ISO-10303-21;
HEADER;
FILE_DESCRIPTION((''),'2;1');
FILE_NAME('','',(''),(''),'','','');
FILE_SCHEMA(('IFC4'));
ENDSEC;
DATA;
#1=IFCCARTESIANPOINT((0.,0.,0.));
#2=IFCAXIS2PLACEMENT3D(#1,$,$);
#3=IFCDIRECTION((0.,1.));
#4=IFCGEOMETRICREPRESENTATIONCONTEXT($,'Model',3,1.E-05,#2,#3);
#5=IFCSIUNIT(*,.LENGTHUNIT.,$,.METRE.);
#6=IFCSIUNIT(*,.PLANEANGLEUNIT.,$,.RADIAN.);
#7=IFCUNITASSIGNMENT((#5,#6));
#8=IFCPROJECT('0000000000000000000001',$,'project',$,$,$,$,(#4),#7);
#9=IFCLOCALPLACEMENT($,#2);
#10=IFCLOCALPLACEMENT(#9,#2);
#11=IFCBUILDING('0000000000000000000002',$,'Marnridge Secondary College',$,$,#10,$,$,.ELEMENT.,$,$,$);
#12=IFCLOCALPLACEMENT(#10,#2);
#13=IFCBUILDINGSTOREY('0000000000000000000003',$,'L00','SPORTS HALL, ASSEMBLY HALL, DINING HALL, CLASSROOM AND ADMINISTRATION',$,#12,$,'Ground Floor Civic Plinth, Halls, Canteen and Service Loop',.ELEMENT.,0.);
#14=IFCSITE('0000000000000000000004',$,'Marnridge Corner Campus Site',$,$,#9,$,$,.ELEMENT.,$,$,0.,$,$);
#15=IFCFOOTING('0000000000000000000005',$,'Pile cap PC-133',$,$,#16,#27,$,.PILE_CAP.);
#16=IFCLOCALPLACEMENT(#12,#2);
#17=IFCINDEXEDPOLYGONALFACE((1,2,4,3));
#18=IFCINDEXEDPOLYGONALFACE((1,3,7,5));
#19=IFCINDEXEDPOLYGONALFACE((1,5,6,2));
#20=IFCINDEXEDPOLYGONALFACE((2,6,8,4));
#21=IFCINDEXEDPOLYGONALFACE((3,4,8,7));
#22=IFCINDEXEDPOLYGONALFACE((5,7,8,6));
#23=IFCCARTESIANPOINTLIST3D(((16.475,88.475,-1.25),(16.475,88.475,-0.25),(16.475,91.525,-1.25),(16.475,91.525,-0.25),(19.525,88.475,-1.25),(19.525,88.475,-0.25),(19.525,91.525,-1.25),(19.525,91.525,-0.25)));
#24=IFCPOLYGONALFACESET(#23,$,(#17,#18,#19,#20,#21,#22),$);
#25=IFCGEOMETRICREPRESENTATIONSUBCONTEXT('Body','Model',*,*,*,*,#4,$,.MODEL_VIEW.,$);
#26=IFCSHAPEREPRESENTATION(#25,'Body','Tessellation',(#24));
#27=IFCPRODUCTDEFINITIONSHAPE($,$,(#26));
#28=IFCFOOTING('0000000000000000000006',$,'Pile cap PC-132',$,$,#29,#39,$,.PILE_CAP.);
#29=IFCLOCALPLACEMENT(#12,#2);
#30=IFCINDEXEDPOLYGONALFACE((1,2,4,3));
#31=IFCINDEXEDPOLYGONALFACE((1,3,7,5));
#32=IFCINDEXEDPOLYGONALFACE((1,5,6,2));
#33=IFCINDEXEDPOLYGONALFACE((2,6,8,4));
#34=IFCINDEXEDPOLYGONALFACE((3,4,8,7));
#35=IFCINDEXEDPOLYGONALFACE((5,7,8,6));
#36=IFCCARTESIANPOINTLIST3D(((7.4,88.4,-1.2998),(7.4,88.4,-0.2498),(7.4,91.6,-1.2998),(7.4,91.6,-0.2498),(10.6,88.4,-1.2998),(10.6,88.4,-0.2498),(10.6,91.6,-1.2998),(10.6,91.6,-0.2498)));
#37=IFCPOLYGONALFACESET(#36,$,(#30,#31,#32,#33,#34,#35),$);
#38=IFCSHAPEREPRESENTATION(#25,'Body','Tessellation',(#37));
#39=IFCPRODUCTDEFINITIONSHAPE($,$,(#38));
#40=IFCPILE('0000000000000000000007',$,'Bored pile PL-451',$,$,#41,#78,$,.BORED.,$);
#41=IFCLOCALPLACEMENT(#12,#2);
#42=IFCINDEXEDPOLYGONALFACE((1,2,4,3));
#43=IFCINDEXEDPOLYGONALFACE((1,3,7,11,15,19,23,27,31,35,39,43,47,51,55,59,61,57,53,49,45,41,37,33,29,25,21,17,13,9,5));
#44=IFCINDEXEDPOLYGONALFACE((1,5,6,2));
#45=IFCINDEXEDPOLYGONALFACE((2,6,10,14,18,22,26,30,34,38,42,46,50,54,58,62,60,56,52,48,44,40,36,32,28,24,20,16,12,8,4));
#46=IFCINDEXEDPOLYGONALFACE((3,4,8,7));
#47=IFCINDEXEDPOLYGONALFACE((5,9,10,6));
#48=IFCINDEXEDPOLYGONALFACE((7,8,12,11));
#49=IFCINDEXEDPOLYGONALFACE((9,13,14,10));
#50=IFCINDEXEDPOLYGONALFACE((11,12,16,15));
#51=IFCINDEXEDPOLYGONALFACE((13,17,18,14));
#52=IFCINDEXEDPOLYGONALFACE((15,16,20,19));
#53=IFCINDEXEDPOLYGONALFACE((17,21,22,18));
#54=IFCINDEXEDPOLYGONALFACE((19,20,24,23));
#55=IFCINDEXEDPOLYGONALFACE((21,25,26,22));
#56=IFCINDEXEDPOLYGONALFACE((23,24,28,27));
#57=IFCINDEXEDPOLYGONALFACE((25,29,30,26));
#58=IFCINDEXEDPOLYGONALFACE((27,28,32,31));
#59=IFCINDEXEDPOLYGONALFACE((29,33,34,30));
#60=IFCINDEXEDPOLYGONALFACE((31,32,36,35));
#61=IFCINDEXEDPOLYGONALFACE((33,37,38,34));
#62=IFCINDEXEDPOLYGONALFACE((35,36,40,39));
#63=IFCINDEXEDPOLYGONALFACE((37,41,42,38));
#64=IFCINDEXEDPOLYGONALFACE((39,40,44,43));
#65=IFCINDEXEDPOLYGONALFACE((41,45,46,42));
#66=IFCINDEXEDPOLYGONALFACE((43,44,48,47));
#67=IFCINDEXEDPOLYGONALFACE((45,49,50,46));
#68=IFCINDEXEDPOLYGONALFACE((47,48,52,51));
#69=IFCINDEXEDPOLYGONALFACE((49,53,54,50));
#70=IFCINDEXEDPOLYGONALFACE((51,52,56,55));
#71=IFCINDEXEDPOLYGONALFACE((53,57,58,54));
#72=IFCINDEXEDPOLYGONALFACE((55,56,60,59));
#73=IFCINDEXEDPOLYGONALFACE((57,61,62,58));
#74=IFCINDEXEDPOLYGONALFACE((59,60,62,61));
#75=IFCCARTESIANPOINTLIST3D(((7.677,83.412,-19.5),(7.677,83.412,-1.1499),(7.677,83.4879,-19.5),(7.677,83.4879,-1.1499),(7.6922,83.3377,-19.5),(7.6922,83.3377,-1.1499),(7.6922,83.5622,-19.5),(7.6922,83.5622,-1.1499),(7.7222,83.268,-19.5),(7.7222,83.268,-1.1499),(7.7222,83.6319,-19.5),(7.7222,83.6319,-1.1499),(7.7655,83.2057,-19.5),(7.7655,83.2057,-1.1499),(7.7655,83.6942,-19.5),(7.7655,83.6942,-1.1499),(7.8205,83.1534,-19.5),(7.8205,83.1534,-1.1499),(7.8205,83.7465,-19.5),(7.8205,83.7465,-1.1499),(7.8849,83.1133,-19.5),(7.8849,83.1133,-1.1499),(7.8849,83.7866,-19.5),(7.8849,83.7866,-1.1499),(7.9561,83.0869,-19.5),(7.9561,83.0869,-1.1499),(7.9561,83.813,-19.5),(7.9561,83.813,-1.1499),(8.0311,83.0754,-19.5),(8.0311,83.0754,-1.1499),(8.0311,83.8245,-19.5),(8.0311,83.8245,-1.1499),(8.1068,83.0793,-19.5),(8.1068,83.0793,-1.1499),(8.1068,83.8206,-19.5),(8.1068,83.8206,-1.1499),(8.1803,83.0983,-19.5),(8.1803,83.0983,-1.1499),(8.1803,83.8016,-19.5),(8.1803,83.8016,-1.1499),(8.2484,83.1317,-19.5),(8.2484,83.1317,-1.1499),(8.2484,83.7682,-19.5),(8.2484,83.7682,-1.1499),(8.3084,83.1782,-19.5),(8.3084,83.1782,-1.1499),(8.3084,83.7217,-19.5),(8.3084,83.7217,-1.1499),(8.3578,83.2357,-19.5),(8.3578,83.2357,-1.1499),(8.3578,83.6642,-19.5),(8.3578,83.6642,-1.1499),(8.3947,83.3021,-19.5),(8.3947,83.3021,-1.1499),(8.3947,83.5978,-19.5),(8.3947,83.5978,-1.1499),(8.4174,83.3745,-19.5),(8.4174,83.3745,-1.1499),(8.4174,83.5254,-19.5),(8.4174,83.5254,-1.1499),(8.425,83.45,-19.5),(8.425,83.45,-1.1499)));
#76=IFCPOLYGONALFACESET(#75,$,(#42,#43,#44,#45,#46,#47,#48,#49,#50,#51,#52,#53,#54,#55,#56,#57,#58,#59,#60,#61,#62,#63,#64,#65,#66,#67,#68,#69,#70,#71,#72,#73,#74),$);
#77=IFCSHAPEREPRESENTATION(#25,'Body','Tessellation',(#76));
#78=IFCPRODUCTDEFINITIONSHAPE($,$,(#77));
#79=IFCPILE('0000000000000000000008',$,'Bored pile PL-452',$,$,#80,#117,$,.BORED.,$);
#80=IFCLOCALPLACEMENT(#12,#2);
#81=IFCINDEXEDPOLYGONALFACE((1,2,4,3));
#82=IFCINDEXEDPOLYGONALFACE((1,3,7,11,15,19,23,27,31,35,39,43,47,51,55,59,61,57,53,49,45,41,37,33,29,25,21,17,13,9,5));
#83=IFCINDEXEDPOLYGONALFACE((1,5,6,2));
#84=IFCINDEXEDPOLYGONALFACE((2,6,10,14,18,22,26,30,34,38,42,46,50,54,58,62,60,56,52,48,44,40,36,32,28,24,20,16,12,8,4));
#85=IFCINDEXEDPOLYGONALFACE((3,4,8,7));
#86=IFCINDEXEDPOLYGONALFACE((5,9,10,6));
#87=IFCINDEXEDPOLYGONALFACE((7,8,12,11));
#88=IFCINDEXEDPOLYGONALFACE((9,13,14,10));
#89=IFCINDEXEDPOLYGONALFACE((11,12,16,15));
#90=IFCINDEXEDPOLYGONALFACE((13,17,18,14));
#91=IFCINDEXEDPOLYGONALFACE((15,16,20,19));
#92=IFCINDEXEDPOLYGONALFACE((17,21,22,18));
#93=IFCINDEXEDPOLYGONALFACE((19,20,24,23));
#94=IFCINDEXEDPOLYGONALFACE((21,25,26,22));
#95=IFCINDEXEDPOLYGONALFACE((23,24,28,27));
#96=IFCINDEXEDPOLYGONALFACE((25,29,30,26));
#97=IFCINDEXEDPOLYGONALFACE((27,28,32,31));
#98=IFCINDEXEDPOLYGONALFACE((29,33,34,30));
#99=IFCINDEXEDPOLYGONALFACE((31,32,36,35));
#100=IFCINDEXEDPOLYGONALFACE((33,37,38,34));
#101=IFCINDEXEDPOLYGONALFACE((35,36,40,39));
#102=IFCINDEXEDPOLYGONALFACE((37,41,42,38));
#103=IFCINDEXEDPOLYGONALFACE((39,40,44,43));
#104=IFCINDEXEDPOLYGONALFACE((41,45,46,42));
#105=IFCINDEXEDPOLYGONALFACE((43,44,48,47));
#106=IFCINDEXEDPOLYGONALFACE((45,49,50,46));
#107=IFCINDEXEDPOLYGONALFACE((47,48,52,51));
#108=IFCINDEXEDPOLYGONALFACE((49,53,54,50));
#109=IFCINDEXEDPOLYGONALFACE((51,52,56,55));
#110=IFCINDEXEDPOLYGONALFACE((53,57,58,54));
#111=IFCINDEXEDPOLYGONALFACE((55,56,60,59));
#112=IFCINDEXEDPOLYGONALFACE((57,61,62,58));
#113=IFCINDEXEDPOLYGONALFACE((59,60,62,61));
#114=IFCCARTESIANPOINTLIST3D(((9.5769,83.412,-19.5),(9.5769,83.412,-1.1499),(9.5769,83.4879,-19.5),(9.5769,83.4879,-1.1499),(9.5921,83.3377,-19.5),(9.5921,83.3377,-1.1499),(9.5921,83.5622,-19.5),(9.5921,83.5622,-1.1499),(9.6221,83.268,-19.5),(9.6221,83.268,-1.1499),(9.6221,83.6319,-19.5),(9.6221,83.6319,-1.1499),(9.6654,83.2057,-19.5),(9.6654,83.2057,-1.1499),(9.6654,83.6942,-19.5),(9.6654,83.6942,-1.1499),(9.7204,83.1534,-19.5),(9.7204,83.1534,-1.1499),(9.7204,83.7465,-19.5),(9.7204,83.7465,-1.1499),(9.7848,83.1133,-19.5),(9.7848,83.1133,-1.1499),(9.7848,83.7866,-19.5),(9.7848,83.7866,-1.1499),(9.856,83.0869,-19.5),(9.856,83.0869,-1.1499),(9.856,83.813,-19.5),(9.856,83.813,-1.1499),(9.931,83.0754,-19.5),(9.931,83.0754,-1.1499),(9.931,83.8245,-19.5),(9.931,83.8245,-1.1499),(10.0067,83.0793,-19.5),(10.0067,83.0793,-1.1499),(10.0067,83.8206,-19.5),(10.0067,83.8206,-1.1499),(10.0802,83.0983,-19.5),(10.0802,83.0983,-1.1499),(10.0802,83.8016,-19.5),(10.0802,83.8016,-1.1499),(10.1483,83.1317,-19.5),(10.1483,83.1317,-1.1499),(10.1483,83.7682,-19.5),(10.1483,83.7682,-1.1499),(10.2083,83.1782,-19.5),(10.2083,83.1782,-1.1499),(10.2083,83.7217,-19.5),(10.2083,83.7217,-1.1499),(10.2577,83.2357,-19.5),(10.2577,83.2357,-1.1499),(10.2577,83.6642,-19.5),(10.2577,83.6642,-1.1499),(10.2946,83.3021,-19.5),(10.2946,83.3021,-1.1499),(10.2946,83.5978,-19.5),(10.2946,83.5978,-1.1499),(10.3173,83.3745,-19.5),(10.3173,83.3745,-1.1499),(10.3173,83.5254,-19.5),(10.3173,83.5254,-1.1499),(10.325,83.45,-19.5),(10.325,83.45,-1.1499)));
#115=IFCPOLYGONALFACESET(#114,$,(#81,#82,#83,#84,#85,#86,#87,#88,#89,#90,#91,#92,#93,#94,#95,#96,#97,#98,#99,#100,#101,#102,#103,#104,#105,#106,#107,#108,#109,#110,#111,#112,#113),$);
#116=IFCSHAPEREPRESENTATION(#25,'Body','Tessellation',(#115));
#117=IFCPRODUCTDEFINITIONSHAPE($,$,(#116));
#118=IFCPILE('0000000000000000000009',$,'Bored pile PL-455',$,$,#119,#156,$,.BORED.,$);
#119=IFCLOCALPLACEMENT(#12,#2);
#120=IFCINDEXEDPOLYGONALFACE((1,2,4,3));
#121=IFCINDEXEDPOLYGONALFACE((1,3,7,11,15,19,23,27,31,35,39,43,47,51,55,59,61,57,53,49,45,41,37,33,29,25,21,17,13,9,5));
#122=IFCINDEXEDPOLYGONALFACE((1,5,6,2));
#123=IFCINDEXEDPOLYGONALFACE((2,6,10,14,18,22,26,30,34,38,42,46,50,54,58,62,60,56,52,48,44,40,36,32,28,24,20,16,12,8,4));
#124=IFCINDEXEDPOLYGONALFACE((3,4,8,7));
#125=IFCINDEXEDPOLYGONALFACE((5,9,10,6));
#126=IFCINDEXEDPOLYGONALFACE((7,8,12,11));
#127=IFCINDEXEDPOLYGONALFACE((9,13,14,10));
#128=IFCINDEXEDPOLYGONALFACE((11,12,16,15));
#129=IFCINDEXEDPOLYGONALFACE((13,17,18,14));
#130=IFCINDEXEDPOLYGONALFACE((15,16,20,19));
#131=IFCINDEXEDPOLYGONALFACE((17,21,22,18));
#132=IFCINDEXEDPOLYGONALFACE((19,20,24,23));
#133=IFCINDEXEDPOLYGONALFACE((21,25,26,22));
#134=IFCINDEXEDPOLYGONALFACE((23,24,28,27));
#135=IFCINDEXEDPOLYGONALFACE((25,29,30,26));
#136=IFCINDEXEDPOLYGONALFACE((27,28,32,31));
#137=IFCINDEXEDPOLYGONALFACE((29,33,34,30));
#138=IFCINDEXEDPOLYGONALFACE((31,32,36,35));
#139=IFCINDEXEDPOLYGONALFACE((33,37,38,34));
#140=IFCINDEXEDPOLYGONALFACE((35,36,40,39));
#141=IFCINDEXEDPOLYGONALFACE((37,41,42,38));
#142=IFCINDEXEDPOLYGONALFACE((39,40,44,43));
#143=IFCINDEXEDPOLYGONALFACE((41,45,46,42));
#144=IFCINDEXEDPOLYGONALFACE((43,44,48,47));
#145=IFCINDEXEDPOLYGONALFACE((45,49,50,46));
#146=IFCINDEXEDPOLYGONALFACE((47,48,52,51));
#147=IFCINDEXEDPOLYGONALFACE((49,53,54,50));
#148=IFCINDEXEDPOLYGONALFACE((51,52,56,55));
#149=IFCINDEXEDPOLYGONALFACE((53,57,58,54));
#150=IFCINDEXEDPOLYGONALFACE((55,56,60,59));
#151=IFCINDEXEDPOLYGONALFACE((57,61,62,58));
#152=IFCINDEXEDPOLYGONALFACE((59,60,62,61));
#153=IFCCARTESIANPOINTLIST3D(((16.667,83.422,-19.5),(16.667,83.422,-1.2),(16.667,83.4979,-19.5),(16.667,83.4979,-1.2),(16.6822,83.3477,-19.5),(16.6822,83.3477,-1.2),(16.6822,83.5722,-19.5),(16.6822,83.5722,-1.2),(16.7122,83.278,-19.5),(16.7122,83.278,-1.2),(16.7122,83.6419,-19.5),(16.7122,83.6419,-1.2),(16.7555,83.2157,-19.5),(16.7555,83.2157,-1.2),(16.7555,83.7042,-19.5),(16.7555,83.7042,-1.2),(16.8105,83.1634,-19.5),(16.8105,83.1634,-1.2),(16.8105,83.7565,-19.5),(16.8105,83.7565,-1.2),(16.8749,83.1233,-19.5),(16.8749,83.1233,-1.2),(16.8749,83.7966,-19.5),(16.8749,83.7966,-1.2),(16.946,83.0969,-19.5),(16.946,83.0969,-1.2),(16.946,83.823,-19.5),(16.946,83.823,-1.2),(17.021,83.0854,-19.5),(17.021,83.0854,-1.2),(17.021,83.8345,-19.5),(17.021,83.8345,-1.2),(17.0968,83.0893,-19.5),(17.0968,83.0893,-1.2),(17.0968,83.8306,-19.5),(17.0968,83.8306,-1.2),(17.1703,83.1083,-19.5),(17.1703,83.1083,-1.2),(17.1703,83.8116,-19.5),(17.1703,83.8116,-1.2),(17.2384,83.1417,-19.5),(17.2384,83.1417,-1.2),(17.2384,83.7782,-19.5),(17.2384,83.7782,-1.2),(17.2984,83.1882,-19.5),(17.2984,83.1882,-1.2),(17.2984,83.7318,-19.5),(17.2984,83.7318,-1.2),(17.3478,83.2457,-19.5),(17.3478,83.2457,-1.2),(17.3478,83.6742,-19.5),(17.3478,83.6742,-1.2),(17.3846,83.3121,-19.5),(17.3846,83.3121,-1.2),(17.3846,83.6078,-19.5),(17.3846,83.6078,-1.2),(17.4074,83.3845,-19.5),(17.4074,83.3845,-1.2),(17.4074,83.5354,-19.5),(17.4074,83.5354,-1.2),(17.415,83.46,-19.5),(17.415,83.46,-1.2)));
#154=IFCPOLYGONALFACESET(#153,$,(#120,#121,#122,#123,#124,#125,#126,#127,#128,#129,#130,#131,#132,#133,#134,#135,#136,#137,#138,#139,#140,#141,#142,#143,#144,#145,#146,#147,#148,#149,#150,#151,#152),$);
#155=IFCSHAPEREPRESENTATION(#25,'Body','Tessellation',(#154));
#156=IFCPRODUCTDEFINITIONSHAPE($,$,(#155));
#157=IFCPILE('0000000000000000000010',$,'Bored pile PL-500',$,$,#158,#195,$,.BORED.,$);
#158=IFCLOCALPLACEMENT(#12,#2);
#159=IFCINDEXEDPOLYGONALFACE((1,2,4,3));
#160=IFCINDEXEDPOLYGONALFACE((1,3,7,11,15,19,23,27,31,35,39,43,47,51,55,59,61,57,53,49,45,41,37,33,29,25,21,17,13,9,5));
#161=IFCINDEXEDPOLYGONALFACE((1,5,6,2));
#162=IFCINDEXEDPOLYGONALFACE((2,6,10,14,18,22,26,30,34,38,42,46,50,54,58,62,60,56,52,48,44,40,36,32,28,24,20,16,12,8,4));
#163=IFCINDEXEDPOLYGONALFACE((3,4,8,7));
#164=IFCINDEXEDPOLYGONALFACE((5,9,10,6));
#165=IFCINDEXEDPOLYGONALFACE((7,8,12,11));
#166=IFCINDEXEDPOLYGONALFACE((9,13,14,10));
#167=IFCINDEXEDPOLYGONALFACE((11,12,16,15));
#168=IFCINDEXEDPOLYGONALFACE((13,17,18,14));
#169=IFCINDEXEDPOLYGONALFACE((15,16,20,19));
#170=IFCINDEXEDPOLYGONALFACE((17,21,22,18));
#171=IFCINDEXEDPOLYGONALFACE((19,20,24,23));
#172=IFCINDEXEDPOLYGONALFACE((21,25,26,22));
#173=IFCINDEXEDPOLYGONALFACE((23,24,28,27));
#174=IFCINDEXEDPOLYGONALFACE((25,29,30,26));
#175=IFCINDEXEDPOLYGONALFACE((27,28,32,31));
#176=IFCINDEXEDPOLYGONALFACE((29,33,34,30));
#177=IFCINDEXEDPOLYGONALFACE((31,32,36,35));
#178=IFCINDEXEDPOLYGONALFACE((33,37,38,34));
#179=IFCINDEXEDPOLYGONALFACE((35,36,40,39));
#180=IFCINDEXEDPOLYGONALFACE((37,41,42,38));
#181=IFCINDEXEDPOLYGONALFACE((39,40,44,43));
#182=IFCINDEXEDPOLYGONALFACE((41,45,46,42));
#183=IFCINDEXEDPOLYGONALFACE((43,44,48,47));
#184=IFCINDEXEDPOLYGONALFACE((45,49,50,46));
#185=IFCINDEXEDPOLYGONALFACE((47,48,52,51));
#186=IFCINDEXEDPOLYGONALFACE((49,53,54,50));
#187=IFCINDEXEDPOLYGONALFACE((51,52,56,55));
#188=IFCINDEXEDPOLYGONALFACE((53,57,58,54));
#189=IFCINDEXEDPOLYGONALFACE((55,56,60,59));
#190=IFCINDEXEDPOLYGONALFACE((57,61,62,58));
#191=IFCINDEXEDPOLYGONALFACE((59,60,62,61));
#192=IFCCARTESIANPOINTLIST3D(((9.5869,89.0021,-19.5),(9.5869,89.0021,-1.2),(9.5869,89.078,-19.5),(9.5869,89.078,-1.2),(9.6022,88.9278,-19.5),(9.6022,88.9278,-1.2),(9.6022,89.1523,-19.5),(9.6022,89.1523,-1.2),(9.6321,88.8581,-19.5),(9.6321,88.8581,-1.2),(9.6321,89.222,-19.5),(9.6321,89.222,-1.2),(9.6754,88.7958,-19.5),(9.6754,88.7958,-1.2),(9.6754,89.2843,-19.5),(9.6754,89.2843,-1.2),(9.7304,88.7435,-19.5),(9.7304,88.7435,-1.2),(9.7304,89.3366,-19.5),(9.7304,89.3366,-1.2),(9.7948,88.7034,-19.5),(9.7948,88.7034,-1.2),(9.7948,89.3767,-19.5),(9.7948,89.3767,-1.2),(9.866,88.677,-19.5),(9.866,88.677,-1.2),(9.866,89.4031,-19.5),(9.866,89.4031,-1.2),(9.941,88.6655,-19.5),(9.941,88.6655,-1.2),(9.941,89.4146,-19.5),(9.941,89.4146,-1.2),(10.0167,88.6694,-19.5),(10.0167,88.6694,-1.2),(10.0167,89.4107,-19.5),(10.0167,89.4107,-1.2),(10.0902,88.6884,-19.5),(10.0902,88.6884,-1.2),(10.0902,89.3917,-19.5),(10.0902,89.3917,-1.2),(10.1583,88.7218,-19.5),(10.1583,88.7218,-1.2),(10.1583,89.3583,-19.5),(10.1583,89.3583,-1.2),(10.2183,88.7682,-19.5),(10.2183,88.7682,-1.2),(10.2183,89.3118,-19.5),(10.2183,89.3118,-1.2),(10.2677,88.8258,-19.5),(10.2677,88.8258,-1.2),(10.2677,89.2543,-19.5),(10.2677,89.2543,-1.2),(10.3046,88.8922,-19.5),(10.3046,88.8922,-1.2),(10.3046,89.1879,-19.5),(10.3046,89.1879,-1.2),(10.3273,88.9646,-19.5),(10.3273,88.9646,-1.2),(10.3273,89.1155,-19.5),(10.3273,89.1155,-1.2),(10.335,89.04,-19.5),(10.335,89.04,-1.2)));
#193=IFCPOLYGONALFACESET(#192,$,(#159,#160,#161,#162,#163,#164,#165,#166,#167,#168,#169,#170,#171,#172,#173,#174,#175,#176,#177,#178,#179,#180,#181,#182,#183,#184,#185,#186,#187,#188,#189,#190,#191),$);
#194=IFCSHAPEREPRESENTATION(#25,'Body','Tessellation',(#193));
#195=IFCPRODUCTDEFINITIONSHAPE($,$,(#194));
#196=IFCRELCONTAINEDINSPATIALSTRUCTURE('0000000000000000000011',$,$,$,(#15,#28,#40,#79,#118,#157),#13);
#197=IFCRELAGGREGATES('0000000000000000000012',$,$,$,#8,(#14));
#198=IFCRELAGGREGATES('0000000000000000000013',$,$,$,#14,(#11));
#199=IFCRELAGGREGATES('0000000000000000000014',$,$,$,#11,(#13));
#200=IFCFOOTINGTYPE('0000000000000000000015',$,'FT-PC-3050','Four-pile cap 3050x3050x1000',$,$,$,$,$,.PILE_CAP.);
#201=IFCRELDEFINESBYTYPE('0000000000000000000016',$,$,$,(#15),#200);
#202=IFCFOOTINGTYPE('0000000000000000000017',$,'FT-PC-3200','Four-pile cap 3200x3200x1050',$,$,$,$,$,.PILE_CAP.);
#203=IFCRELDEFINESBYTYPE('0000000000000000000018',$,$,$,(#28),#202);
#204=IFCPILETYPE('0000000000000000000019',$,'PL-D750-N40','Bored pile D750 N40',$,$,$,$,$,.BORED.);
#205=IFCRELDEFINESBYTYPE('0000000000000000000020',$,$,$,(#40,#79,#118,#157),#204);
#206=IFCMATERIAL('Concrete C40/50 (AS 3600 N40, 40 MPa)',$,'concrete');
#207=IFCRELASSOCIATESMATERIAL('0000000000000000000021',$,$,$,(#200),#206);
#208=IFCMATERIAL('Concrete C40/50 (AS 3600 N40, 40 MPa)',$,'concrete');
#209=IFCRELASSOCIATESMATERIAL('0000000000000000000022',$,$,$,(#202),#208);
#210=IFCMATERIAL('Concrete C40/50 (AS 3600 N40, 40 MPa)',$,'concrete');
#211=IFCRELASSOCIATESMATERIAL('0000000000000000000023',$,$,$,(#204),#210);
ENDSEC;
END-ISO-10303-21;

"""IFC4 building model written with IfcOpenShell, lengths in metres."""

from ifc_helpers import new_model, si_unit, direction, frame, origin, origin_2d, place, context, subcontext, project, spatial, rectangle, circle, extrude, material, material_profile, profile_set, type_object, element, save


model = new_model("IFC4")

# Units and contexts
model_context = context("Model", 3, precision=1e-05, world=origin(), true_north=direction((0.0, 1.0)))
body_context = subcontext(model_context, "Body", "Model", "MODEL_VIEW")
ifc_project = project(units=[si_unit("LENGTHUNIT", "METRE"), si_unit("PLANEANGLEUNIT", "RADIAN")], contexts=[model_context])

# Site, building, storey
site_placement = place(None, origin())
site = spatial("IfcSite", under=ifc_project, at=site_placement, Name="Marnridge Corner Campus Site", CompositionType="ELEMENT", RefElevation=0.0)
building_placement = place(site_placement, origin())
building = spatial("IfcBuilding", under=site, at=building_placement, Name="Marnridge Secondary College", CompositionType="ELEMENT")
storey_placement = place(building_placement, origin())
storey = spatial("IfcBuildingStorey", under=building, at=storey_placement, Name="L00", Description="SPORTS HALL, ASSEMBLY HALL, DINING HALL, CLASSROOM AND ADMINISTRATION", LongName="Ground Floor Civic Plinth, Halls, Canteen and Service Loop", CompositionType="ELEMENT", Elevation=0.0)

# Footings
ifc_material_1 = material(Name="Concrete C40/50 (AS 3600 N40, 40 MPa)", Category="concrete")
footing_type_1 = type_object("IfcFootingType", Name="FT-PC-3050", Description="Four-pile cap 3050x3050x1000", PredefinedType="PILE_CAP", material=ifc_material_1)
footing_1_placement = place(storey_placement, frame((18.0, 90.0, -1.25), z_axis=(0.0, 0.0, 1.0), x_axis=(1.0, 0.0, 0.0)))
element("IfcFooting", 1, at=footing_1_placement, inside=storey, type_object=footing_type_1, Name="Pile cap PC-133", PredefinedType="PILE_CAP", context=body_context, shape_type="SweptSolid", body=[
    extrude(rectangle(XDim=3.05, YDim=3.05, at=origin_2d()), origin(), (0.0, 0.0, 1.0), 1.0),
])
ifc_material_2 = material(Name="Concrete C40/50 (AS 3600 N40, 40 MPa)", Category="concrete")
footing_type_2 = type_object("IfcFootingType", Name="FT-PC-3200", Description="Four-pile cap 3200x3200x1050", PredefinedType="PILE_CAP", material=ifc_material_2)
footing_2_placement = place(storey_placement, frame((9.0, 90.0, -1.2998), z_axis=(0.0, 0.0, 1.0), x_axis=(1.0, 0.0, 0.0)))
element("IfcFooting", 2, at=footing_2_placement, inside=storey, type_object=footing_type_2, Name="Pile cap PC-132", PredefinedType="PILE_CAP", context=body_context, shape_type="SweptSolid", body=[
    extrude(rectangle(XDim=3.2, YDim=3.2, at=origin_2d()), origin(), (0.0, 0.0, 1.0), 1.05),
])

# Piles
ifc_material_3 = material(Name="Concrete C40/50 (AS 3600 N40, 40 MPa)", Category="concrete")
ifc_material_profile_1 = material_profile(ifc_material_3, circle(Radius=0.375, at=origin_2d()), Name="PILE D750")
ifc_profile_set_1 = profile_set([ifc_material_profile_1], Name="Concrete C40/50 (AS 3600 N40, 40 MPa)")
pile_type = type_object("IfcPileType", Name="PL-D750-N40", Description="Bored pile D750 N40", PredefinedType="BORED", material=ifc_profile_set_1)
for number, where, z_axis, x_axis, name in (
    (3, (8.05, 83.45, -1.1499), (0.0, 0.0, -1.0), (1.0, 0.0, 0.0), "Bored pile PL-451"),
    (4, (9.95, 83.45, -1.1499), (0.0, 0.0, -1.0), (1.0, 0.0, 0.0), "Bored pile PL-452"),
):
    element("IfcPile", number, at=place(storey_placement, frame(where, z_axis=z_axis, x_axis=x_axis)), inside=storey, type_object=pile_type, Name=name, PredefinedType="BORED", context=body_context, shape_type="SweptSolid", body=[
        extrude(circle(Radius=0.375, at=origin_2d()), origin(), (0.0, 0.0, 1.0), 18.3501),
    ])
for number, where, z_axis, x_axis, name in (
    (5, (17.04, 83.46, -1.2), (0.0, 0.0, -1.0), (1.0, 0.0, 0.0), "Bored pile PL-455"),
    (6, (9.96, 89.04, -1.2), (0.0, 0.0, -1.0), (1.0, 0.0, 0.0), "Bored pile PL-500"),
):
    element("IfcPile", number, at=place(storey_placement, frame(where, z_axis=z_axis, x_axis=x_axis)), inside=storey, type_object=pile_type, Name=name, PredefinedType="BORED", context=body_context, shape_type="SweptSolid", body=[
        extrude(circle(Radius=0.375, at=origin_2d()), origin(), (0.0, 0.0, 1.0), 18.3),
    ])

save(model, "model.ifc")
